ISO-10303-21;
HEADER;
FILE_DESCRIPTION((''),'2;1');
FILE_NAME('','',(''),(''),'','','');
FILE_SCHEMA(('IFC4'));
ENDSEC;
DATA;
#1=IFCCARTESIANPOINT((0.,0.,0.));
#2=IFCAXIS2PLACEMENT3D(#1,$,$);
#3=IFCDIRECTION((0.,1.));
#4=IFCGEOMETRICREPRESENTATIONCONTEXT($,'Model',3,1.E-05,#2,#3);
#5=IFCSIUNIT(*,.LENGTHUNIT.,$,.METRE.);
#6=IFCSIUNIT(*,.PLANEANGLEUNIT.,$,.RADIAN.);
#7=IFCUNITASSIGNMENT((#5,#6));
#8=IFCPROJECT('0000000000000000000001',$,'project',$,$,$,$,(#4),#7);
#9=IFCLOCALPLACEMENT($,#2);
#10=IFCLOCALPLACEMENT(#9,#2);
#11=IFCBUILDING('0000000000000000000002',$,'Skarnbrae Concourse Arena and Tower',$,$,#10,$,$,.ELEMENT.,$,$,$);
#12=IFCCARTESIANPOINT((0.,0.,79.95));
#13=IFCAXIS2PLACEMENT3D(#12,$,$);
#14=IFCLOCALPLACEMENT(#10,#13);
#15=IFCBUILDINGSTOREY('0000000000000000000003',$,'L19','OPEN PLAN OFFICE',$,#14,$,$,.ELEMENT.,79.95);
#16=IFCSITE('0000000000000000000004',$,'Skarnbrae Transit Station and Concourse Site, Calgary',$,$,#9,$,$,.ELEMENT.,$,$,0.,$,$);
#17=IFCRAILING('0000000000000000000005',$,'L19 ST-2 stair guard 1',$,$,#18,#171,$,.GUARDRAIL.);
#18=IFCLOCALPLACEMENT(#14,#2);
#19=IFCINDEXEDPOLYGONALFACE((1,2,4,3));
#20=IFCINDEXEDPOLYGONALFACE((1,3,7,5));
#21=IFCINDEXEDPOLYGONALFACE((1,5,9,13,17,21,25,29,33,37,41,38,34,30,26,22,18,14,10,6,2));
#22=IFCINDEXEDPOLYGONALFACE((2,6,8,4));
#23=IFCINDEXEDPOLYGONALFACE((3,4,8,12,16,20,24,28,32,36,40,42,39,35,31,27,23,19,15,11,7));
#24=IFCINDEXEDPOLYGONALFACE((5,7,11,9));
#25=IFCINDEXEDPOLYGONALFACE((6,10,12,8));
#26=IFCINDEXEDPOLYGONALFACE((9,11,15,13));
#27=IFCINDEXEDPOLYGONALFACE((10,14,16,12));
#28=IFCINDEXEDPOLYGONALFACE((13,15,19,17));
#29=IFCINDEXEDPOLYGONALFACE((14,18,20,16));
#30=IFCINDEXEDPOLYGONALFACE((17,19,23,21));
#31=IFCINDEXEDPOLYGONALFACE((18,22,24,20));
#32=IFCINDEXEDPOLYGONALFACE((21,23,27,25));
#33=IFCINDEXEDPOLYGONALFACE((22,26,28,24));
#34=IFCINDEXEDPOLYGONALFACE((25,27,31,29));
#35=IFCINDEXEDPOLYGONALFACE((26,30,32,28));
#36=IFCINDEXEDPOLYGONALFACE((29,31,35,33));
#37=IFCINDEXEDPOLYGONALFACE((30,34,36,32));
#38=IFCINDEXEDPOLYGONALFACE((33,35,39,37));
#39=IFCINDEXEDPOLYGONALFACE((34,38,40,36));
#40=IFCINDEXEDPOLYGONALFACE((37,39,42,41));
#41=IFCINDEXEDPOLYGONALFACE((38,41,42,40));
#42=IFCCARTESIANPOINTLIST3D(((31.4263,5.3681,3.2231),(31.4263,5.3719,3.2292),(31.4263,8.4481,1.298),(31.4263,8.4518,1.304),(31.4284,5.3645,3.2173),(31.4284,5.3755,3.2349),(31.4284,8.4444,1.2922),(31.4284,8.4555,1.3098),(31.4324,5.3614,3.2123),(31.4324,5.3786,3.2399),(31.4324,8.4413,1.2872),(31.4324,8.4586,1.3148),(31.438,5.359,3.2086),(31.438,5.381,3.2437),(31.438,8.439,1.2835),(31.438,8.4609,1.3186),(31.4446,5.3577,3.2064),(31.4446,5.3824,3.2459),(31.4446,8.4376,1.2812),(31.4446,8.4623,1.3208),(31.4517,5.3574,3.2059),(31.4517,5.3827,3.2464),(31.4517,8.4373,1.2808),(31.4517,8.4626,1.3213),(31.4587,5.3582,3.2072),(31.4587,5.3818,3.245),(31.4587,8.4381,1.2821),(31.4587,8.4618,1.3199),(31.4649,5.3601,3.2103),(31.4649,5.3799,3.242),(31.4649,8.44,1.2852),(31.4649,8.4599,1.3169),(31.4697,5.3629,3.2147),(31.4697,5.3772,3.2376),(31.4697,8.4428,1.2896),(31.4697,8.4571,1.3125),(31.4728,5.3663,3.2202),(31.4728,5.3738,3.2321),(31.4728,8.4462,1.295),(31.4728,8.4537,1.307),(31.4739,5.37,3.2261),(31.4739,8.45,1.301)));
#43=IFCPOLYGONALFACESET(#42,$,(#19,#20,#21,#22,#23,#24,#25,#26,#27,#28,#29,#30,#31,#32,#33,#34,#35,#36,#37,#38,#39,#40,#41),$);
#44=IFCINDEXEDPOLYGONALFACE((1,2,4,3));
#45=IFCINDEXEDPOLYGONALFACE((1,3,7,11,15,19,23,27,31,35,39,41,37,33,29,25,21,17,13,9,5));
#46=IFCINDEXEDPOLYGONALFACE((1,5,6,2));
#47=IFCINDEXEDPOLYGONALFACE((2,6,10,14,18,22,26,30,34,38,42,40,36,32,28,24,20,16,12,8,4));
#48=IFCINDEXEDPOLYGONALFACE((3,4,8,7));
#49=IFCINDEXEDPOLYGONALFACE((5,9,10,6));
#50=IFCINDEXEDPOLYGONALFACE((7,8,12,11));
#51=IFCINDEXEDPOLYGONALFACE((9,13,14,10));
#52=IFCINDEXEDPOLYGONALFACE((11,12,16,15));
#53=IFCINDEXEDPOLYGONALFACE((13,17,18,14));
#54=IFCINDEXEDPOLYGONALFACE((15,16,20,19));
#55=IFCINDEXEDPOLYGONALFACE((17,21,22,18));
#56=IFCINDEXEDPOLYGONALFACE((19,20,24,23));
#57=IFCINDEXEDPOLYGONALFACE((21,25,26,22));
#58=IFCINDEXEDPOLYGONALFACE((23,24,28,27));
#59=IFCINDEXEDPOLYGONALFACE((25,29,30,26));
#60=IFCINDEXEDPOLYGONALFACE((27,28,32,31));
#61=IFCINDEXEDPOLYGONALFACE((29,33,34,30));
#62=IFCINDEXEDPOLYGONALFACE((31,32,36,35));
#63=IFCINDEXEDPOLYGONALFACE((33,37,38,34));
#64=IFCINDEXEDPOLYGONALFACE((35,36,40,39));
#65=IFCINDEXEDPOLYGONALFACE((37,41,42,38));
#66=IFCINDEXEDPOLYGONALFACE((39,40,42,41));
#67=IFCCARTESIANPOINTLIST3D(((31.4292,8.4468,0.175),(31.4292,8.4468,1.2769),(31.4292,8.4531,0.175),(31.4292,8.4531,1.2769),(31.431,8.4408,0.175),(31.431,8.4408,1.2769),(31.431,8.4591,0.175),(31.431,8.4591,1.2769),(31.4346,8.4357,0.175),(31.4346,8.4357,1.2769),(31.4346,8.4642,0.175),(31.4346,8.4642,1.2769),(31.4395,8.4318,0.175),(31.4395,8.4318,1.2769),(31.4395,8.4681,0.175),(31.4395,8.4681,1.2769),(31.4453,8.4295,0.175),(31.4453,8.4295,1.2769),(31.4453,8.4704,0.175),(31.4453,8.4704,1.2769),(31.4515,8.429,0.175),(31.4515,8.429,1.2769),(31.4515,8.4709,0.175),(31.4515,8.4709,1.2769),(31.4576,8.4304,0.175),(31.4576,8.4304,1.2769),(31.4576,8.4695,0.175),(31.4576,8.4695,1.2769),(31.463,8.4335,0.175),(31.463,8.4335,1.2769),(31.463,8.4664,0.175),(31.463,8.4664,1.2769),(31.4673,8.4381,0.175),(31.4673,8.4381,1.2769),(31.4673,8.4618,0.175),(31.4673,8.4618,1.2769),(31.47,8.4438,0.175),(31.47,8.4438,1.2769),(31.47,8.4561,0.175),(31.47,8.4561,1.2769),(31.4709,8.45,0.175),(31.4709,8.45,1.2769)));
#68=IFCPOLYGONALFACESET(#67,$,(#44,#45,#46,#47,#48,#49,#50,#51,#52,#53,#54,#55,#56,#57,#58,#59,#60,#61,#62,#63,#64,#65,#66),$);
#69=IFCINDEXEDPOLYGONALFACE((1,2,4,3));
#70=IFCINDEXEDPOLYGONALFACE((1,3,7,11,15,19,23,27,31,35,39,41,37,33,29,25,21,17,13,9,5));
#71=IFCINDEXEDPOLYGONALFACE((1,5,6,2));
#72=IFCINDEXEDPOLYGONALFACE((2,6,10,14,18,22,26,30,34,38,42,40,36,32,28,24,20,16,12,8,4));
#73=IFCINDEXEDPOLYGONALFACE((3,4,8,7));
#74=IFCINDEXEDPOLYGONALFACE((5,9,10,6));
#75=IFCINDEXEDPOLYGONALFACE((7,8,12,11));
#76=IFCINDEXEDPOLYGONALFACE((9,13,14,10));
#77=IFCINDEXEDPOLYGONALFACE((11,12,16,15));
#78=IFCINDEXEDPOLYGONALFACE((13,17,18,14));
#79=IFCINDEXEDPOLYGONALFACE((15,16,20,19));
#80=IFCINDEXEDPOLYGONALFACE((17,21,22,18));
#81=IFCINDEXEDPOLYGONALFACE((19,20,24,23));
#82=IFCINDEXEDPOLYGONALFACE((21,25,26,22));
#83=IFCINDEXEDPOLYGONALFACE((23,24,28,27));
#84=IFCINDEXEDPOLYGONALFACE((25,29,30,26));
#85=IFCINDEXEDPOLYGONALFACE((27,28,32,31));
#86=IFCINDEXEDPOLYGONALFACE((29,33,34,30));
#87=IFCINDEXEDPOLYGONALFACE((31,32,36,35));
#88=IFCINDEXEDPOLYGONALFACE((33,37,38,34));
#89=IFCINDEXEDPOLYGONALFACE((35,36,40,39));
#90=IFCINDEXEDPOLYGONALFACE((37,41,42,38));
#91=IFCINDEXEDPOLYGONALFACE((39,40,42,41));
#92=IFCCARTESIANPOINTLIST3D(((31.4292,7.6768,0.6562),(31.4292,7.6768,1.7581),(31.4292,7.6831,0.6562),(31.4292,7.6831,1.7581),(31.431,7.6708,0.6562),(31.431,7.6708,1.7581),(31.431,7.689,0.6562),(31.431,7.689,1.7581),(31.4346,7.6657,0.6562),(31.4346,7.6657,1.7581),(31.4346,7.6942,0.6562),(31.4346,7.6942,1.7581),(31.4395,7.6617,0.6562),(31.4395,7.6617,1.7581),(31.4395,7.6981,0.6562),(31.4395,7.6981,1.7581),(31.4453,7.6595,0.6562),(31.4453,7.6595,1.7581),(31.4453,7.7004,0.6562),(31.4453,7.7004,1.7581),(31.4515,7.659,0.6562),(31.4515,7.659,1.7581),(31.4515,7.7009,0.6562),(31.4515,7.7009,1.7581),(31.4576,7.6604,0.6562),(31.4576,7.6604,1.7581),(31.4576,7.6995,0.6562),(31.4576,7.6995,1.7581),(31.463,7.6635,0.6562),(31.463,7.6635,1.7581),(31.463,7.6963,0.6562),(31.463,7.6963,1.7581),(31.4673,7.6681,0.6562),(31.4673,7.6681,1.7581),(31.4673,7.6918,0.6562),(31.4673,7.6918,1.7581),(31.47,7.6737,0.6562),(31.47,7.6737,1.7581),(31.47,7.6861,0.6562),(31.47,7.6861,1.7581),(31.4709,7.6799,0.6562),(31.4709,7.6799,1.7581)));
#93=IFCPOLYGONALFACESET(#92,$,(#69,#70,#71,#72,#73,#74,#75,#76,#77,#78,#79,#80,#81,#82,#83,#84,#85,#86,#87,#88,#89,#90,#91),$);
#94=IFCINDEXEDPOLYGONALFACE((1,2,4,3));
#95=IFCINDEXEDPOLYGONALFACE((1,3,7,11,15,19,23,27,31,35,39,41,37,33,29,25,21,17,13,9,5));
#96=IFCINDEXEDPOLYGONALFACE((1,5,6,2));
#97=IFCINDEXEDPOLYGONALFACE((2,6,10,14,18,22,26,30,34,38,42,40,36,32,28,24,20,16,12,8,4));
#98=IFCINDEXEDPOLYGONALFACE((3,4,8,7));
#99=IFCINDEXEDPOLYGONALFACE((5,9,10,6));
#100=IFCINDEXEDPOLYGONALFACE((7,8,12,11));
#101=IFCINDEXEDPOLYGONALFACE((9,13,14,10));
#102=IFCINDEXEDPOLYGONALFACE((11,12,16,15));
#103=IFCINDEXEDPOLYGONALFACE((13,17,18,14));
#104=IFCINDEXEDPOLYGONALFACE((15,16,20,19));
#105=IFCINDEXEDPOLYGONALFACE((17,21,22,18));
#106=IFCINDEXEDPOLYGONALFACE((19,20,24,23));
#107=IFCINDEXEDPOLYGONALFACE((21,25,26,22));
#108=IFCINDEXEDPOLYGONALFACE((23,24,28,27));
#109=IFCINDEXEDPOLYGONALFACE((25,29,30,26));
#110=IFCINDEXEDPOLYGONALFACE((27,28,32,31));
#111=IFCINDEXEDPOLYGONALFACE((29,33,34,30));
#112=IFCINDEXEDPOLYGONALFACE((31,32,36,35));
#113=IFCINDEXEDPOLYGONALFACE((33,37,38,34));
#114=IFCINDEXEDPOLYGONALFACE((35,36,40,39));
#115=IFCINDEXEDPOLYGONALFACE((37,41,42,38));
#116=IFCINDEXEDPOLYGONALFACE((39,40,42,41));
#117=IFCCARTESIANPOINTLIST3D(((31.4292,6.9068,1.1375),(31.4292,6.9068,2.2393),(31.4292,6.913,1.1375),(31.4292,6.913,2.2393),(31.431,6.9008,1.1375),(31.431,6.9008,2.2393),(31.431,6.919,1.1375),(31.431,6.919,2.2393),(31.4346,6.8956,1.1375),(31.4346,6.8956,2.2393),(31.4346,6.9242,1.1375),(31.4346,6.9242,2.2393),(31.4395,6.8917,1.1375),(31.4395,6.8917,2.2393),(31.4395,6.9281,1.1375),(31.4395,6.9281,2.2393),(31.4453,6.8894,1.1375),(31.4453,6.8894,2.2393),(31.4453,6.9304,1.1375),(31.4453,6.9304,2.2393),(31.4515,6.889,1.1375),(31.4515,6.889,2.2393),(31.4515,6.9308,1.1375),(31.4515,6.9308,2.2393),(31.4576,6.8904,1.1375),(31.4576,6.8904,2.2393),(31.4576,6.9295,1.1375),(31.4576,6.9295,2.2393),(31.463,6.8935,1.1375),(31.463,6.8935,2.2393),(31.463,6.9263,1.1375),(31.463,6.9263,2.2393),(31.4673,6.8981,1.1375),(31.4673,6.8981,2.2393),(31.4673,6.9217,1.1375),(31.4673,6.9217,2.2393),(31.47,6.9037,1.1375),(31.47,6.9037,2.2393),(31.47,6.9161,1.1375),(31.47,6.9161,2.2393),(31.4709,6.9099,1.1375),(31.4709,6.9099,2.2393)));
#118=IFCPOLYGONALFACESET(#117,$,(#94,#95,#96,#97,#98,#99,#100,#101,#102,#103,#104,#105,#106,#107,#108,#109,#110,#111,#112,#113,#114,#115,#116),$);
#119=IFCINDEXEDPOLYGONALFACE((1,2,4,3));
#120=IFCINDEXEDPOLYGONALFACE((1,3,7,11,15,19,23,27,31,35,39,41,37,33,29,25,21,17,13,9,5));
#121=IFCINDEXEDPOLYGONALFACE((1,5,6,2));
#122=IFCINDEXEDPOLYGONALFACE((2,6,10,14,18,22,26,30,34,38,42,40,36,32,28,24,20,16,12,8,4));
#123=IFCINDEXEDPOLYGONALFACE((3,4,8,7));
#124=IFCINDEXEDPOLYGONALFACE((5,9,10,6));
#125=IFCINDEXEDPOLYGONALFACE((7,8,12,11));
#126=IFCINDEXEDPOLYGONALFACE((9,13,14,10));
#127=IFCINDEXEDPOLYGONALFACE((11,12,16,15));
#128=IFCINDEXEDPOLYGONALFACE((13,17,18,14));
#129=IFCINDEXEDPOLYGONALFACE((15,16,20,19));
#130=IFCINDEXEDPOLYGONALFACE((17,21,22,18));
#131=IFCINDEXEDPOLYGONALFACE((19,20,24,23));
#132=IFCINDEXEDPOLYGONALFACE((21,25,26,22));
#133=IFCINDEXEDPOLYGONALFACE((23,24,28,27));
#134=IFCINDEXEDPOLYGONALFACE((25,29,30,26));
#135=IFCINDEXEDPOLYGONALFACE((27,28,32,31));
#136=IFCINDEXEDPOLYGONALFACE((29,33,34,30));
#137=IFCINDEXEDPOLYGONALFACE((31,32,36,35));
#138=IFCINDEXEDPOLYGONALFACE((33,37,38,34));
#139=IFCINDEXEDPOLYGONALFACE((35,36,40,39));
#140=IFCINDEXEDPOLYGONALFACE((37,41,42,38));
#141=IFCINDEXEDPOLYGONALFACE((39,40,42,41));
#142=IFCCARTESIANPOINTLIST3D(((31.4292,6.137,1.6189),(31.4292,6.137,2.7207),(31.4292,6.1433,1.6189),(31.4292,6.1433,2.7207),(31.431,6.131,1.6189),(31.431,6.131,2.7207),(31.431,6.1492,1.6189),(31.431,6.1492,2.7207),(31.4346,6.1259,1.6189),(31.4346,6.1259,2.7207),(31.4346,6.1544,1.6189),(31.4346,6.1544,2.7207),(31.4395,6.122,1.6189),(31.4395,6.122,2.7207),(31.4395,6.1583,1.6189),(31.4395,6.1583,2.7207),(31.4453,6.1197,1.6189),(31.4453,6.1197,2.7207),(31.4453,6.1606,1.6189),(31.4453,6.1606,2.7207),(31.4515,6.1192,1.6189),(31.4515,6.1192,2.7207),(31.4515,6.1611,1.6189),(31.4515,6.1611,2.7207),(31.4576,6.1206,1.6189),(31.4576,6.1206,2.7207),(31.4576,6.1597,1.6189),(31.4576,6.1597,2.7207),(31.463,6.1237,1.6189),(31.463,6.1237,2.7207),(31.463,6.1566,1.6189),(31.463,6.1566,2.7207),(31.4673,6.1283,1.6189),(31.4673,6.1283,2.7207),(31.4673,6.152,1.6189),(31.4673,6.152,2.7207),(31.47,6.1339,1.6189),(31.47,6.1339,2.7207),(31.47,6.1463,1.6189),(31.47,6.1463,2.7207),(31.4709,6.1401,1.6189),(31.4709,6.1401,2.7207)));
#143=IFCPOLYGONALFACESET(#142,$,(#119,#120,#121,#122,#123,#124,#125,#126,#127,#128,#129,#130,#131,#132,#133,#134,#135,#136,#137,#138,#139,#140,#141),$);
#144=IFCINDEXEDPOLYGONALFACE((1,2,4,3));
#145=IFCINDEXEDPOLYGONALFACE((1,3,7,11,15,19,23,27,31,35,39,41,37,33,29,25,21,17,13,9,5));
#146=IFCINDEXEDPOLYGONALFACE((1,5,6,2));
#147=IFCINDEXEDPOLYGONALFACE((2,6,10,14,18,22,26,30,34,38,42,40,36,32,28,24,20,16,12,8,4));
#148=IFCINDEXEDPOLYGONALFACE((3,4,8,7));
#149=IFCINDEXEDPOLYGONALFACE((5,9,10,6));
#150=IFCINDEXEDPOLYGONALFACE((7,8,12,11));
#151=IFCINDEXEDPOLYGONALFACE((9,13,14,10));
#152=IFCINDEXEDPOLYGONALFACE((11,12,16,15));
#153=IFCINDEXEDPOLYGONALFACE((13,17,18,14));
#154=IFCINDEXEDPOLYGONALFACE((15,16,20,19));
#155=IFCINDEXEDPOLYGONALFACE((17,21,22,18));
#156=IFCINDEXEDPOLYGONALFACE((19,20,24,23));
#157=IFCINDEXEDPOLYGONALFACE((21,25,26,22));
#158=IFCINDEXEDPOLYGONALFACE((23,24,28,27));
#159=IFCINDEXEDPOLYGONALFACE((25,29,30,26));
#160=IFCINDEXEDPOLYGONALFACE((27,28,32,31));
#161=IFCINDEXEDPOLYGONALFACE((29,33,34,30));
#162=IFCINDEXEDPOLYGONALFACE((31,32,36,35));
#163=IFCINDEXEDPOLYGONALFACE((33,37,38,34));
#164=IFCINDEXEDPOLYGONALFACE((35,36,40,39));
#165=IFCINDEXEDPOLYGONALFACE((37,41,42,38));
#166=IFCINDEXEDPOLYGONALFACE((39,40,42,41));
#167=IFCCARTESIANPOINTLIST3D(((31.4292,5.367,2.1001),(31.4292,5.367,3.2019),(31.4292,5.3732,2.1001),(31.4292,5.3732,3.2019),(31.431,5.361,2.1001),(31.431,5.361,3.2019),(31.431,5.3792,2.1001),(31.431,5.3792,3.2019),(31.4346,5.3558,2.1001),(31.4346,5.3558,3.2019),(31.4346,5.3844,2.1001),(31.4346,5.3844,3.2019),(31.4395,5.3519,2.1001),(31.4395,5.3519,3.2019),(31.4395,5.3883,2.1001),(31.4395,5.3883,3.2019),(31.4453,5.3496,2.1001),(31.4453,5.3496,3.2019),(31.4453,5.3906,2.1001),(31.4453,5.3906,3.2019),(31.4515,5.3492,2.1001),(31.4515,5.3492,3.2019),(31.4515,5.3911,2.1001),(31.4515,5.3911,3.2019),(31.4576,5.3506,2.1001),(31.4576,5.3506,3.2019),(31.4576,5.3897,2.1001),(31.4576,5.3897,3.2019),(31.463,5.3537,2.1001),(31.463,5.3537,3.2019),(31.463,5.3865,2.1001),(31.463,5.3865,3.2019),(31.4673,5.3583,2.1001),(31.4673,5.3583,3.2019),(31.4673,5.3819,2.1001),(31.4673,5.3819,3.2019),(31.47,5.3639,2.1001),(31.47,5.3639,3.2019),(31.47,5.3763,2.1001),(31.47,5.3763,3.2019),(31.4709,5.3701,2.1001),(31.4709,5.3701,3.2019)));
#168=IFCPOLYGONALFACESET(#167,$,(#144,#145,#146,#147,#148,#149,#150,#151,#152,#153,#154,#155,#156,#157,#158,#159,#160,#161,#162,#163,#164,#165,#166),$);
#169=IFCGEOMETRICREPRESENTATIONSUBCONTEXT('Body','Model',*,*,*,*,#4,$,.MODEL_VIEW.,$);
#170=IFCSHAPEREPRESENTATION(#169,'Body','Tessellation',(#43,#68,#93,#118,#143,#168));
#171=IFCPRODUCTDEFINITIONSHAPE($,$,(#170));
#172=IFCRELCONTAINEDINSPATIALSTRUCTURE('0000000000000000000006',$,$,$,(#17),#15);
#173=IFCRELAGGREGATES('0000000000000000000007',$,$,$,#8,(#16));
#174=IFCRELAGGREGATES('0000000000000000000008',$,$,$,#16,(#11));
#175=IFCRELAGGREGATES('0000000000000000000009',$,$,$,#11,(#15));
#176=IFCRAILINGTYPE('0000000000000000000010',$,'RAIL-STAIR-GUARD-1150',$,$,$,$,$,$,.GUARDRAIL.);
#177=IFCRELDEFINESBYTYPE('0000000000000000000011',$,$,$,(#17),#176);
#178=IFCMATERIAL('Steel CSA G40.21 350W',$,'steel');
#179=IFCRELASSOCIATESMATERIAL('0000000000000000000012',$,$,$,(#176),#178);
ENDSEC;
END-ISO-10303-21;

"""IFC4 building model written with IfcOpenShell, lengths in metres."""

from ifc_helpers import new_model, si_unit, direction, frame, origin, origin_2d, place, context, subcontext, project, spatial, circle, extrude, material, type_object, element, save


model = new_model("IFC4")

# Units and contexts
model_context = context("Model", 3, precision=1e-05, world=origin(), true_north=direction((0.0, 1.0)))
body_context = subcontext(model_context, "Body", "Model", "MODEL_VIEW")
ifc_project = project(units=[si_unit("LENGTHUNIT", "METRE"), si_unit("PLANEANGLEUNIT", "RADIAN")], contexts=[model_context])

# Site, building, storey
site_placement = place(None, origin())
site = spatial("IfcSite", under=ifc_project, at=site_placement, Name="Skarnbrae Transit Station and Concourse Site, Calgary", CompositionType="ELEMENT", RefElevation=0.0)
building_placement = place(site_placement, origin())
building = spatial("IfcBuilding", under=site, at=building_placement, Name="Skarnbrae Concourse Arena and Tower", CompositionType="ELEMENT")
storey_placement = place(building_placement, frame((0.0, 0.0, 79.95)))
storey = spatial("IfcBuildingStorey", under=building, at=storey_placement, Name="L19", Description="OPEN PLAN OFFICE", CompositionType="ELEMENT", Elevation=79.95)

# Shared definitions
ifc_material_1 = material(Name="Steel CSA G40.21 350W", Category="steel")

# Railing
railing_type_1 = type_object("IfcRailingType", Name="RAIL-STAIR-GUARD-1150", PredefinedType="GUARDRAIL", material=ifc_material_1)
railing_1_placement = place(storey_placement, frame((31.45, 8.45, 0.175)))
element("IfcRailing", 1, at=railing_1_placement, inside=storey, type_object=railing_type_1, Name="L19 ST-2 stair guard 1", PredefinedType="GUARDRAIL", context=body_context, shape_type="SweptSolid", body=[
    extrude(circle(Radius=0.0239, at=origin_2d()), frame((0.0, 0.0, 1.126), z_axis=(0.0, -0.847979, 0.530029), x_axis=(1.0, 0.0, 0.0)), (0.0, 0.0, 1.0), 3.6321),
    extrude(circle(Radius=0.021, at=origin_2d()), origin(), (0.0, 0.0, 1.0), 1.1018),
    extrude(circle(Radius=0.021, at=origin_2d()), frame((0.0, -0.77, 0.4812)), (0.0, 0.0, 1.0), 1.1018),
    extrude(circle(Radius=0.021, at=origin_2d()), frame((0.0, -1.54, 0.9624)), (0.0, 0.0, 1.0), 1.1018),
    extrude(circle(Radius=0.021, at=origin_2d()), frame((0.0, -2.3098, 1.4438)), (0.0, 0.0, 1.0), 1.1018),
    extrude(circle(Radius=0.021, at=origin_2d()), frame((0.0, -3.0798, 1.925)), (0.0, 0.0, 1.0), 1.1018),
])

save(model, "model.ifc")
